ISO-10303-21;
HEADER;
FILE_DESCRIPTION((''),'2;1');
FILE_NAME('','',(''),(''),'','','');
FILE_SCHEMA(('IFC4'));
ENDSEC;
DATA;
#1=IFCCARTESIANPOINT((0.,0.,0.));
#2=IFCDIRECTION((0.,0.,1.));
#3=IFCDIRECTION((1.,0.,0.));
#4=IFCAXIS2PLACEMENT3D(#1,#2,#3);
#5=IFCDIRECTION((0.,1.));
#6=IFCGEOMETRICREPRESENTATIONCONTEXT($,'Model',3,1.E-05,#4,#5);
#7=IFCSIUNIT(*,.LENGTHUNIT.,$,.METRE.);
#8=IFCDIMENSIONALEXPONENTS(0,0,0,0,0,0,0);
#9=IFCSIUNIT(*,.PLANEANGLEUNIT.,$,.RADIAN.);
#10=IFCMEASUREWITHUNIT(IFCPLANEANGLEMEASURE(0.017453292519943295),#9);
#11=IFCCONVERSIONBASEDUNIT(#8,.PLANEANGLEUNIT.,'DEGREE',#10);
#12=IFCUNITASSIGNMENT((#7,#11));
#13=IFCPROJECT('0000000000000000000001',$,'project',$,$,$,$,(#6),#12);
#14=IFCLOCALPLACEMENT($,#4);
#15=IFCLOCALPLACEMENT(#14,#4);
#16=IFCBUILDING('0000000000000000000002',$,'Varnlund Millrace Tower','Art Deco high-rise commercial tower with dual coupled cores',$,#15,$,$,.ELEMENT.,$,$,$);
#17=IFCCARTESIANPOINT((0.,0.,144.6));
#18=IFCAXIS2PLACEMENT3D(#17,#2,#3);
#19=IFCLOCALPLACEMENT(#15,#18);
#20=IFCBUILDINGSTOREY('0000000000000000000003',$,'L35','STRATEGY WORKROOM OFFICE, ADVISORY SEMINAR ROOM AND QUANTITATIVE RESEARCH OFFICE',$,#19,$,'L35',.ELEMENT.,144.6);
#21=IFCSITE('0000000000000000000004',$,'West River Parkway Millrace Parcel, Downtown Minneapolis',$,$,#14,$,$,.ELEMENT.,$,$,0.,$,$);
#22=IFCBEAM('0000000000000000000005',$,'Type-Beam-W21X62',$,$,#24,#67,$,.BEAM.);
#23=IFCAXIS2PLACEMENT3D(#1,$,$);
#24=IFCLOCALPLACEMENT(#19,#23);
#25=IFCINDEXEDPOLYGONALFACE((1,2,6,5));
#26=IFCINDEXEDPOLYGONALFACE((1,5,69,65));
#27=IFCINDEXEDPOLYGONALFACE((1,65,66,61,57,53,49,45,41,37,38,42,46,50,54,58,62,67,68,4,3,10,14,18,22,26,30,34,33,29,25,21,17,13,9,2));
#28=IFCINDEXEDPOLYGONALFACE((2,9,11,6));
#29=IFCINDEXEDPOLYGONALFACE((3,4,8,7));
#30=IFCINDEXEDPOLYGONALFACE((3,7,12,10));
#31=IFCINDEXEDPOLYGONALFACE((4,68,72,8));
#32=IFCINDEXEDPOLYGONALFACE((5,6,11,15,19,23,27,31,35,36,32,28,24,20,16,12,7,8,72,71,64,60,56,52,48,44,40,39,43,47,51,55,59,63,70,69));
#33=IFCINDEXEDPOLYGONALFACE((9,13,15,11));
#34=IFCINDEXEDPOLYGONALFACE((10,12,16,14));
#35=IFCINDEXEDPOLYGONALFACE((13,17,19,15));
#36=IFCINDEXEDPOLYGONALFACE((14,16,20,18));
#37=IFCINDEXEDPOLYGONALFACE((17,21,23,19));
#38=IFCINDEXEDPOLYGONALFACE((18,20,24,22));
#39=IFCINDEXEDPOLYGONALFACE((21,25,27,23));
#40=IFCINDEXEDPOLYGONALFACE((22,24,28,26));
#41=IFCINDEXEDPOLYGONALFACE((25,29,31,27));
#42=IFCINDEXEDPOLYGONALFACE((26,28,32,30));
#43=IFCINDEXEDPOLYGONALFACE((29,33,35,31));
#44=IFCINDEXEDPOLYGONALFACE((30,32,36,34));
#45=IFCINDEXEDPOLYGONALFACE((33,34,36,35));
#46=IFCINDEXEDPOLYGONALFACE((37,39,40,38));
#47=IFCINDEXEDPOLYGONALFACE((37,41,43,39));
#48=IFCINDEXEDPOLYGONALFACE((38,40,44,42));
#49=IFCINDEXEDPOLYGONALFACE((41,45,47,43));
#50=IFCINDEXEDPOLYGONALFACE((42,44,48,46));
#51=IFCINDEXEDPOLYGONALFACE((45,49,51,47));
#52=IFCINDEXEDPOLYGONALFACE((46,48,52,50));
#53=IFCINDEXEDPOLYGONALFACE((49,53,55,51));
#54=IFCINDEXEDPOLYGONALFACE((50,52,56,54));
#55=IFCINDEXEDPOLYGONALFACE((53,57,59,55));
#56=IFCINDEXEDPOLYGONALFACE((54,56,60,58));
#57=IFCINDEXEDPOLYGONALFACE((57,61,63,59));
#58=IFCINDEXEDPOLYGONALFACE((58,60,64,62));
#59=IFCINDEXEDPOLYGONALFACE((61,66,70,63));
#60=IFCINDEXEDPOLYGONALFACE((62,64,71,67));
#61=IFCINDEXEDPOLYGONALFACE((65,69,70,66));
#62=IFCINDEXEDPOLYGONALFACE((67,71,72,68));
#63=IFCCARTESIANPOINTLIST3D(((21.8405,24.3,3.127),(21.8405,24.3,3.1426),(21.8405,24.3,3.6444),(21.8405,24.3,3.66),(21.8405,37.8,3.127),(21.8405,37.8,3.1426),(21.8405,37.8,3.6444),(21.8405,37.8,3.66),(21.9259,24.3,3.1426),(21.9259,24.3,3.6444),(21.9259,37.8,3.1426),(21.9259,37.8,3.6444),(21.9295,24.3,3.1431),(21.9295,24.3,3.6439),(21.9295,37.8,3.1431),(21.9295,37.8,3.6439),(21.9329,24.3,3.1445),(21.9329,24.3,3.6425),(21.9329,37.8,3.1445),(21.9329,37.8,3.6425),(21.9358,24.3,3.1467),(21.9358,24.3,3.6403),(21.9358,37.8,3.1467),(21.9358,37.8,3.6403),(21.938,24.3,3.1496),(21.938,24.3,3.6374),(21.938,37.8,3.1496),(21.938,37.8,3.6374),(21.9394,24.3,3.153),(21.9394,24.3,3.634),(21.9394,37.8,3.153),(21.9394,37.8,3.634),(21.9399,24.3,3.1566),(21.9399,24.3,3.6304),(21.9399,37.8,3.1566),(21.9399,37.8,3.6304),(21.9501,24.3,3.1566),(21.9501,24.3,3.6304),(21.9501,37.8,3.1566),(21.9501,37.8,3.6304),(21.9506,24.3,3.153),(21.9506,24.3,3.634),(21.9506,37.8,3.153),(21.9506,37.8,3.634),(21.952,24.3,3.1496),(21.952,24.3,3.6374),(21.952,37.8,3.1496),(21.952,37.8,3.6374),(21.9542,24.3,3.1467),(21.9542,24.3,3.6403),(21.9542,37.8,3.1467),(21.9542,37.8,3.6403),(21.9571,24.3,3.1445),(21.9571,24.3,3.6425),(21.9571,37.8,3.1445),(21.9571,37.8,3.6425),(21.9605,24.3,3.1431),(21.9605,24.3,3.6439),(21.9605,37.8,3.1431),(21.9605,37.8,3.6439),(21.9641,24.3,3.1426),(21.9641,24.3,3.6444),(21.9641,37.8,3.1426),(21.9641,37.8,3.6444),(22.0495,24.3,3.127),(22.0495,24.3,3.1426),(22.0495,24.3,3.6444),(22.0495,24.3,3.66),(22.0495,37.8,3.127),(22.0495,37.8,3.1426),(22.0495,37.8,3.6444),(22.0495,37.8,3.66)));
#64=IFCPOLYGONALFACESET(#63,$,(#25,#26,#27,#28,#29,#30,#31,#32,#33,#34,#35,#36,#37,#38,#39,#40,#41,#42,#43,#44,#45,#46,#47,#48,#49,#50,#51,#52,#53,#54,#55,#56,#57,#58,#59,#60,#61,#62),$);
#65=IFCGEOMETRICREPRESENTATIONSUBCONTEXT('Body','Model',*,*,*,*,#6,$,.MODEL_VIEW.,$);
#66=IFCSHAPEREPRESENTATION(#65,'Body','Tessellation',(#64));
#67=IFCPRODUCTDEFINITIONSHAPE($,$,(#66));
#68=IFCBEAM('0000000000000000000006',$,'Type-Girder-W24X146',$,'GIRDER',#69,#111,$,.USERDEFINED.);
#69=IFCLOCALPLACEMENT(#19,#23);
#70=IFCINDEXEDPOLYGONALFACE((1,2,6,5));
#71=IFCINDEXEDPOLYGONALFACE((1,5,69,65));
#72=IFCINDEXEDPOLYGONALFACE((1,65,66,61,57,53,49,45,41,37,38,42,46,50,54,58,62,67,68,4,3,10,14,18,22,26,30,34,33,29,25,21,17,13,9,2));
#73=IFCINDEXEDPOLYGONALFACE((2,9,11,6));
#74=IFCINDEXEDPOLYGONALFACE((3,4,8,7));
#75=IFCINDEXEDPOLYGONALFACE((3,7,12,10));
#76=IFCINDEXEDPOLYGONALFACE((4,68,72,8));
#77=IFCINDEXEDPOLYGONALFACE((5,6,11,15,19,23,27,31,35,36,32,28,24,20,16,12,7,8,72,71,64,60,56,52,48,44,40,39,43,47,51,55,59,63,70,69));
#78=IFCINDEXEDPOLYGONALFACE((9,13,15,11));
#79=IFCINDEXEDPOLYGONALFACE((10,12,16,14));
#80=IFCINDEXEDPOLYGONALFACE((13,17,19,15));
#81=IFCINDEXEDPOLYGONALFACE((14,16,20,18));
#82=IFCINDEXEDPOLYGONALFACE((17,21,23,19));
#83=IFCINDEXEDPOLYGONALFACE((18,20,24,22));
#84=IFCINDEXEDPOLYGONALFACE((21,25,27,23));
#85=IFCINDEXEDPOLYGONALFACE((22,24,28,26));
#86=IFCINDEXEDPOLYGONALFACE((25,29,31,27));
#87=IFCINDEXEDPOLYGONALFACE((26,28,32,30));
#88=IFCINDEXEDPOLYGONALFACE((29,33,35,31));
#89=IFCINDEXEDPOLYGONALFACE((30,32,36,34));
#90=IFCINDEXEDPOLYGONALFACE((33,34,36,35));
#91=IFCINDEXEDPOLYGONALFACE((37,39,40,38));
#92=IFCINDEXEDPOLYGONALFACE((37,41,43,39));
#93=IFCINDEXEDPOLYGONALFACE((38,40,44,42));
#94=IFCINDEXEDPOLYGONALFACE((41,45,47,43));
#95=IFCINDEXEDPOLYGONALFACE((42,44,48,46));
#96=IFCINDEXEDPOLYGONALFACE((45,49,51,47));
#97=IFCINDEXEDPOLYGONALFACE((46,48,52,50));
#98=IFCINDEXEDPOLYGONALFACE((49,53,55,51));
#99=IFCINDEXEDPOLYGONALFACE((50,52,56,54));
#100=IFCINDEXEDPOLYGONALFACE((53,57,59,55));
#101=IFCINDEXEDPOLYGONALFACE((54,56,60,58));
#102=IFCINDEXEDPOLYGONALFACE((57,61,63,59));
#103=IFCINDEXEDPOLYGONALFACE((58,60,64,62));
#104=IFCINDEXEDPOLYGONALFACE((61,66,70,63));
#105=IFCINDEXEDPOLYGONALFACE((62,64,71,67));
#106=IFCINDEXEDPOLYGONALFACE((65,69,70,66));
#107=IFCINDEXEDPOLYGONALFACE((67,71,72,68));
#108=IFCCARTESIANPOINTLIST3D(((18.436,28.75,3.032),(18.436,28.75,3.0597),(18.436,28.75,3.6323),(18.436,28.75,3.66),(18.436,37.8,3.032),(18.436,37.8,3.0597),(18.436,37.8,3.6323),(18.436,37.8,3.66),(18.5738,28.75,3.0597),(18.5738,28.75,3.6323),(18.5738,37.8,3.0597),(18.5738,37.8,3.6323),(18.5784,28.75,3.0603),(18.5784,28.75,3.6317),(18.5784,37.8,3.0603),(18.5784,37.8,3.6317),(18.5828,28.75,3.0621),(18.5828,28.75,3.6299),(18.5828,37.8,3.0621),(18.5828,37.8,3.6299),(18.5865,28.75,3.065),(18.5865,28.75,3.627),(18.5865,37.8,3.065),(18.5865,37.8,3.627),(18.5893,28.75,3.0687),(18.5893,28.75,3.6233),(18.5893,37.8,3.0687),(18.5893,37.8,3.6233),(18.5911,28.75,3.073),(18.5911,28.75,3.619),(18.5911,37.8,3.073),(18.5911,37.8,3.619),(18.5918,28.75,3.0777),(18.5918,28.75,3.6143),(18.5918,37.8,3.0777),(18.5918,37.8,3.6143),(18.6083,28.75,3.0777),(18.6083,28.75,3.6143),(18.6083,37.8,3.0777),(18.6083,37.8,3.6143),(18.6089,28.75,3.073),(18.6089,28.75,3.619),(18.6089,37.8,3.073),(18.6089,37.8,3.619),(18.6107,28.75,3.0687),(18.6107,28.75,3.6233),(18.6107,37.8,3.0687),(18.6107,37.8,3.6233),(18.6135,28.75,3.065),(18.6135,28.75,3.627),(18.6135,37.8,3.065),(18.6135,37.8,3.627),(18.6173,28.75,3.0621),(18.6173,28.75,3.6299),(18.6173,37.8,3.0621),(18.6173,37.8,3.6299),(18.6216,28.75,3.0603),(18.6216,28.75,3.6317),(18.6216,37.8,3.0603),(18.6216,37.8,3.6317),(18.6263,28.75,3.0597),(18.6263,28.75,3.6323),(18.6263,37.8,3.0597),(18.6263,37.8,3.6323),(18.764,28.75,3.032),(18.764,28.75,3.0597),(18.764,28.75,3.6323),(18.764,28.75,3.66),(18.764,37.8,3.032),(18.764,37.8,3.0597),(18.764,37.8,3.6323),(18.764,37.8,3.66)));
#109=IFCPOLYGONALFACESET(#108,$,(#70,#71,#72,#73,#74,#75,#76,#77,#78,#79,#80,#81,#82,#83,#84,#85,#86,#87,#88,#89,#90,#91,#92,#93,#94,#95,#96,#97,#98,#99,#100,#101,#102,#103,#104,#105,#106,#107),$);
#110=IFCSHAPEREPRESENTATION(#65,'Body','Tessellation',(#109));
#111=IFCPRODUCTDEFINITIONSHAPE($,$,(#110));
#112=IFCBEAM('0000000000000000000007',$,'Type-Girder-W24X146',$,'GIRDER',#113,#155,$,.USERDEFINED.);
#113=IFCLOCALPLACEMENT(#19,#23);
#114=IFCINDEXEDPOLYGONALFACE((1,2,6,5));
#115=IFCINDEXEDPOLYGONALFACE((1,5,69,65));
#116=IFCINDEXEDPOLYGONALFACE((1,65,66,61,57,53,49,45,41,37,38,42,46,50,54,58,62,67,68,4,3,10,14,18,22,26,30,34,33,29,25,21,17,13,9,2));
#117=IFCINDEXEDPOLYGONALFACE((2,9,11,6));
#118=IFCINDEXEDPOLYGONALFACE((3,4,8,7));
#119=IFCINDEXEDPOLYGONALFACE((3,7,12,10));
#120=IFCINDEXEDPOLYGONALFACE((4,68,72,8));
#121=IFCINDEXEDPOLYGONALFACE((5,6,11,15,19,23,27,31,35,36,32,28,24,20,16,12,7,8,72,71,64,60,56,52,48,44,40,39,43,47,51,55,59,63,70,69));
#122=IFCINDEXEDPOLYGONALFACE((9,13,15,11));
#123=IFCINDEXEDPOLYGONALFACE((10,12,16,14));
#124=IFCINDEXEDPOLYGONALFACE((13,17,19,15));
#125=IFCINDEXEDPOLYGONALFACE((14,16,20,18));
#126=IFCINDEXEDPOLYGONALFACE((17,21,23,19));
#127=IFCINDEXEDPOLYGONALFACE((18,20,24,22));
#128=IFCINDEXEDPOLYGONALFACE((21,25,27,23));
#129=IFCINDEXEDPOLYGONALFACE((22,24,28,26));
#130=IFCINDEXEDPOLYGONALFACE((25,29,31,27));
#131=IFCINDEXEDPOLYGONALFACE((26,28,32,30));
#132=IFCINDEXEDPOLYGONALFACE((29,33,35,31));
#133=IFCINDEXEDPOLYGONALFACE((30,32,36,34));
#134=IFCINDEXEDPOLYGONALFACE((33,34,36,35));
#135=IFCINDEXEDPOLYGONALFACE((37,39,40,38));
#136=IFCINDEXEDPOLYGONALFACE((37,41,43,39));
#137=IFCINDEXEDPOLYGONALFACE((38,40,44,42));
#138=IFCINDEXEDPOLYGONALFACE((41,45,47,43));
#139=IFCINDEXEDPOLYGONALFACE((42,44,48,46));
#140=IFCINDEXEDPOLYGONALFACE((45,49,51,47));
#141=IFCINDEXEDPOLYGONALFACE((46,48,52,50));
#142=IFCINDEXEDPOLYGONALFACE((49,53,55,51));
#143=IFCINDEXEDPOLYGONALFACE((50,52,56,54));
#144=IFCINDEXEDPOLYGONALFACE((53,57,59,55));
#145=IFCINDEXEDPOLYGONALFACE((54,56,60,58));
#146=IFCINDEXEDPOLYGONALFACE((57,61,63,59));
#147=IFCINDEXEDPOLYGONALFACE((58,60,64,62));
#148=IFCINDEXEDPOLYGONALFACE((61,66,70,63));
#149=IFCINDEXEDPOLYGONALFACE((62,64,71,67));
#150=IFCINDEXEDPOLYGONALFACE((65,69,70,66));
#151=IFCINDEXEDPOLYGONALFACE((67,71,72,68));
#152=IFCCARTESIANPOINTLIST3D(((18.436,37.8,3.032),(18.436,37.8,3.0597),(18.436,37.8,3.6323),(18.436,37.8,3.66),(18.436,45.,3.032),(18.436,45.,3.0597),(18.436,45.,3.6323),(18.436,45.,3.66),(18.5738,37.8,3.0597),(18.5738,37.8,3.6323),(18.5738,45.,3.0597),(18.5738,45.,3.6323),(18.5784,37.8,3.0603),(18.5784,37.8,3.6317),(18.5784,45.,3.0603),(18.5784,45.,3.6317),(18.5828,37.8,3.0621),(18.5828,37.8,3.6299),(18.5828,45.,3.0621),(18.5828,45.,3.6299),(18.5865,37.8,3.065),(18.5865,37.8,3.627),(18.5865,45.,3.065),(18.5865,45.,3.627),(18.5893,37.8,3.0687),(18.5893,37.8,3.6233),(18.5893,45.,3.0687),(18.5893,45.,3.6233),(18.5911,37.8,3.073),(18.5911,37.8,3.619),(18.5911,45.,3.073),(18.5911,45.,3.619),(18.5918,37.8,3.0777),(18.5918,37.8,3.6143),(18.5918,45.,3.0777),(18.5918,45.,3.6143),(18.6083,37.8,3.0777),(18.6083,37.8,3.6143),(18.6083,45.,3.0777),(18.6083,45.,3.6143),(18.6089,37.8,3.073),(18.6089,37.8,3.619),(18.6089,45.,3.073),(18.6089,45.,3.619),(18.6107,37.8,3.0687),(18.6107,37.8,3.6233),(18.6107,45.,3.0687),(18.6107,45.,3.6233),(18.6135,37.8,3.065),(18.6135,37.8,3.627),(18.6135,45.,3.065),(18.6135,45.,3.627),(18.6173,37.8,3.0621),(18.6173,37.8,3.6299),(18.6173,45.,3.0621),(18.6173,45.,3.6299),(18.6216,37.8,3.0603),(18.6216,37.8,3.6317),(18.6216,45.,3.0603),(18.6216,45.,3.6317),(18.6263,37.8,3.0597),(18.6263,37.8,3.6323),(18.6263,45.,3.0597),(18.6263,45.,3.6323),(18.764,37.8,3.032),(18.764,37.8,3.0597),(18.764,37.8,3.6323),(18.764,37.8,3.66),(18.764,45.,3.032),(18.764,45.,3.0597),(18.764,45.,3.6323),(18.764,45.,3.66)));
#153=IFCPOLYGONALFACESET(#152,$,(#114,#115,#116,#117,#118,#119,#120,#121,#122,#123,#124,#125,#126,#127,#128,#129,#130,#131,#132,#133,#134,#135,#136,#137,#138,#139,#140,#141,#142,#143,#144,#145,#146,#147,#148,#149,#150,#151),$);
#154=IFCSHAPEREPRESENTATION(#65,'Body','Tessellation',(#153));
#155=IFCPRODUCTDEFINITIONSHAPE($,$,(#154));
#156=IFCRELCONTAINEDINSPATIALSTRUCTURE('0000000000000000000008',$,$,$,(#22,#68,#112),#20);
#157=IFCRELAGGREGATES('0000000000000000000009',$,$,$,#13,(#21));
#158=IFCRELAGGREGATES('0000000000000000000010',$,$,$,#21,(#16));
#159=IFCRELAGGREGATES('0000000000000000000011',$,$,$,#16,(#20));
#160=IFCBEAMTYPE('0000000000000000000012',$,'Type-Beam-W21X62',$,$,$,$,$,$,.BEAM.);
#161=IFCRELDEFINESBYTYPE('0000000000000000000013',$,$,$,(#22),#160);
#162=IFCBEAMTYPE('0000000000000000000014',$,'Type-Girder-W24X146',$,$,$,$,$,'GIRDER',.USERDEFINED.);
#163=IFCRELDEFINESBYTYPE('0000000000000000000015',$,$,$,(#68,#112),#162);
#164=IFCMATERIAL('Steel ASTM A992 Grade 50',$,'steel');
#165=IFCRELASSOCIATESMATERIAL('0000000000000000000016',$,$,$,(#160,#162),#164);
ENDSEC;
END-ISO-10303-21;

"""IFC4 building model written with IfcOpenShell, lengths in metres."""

from ifc_helpers import new_model, entity, si_unit, converted_unit, direction, frame, origin_with_axes, origin_2d_with_axis, place, context, subcontext, project, spatial, i_section, extrude, material, material_profile, profile_set, type_object, element, save


model = new_model("IFC4")

# Units and contexts
model_context = context("Model", 3, precision=1e-05, world=origin_with_axes(), true_north=direction((0.0, 1.0)))
body_context = subcontext(model_context, "Body", "Model", "MODEL_VIEW")
ifc_project = project(units=[si_unit("LENGTHUNIT", "METRE"), converted_unit("PLANEANGLEUNIT", "DEGREE", entity("IfcPlaneAngleMeasure", 0.017453292519943295), si_unit("PLANEANGLEUNIT", "RADIAN"), dimensions=[0, 0, 0, 0, 0, 0, 0])], contexts=[model_context])

# Site, building, storey
site_placement = place(None, origin_with_axes())
site = spatial("IfcSite", under=ifc_project, at=site_placement, Name="West River Parkway Millrace Parcel, Downtown Minneapolis", CompositionType="ELEMENT", RefElevation=0.0)
building_placement = place(site_placement, origin_with_axes())
building = spatial("IfcBuilding", under=site, at=building_placement, Name="Varnlund Millrace Tower", Description="Art Deco high-rise commercial tower with dual coupled cores", CompositionType="ELEMENT")
storey_placement = place(building_placement, frame((0.0, 0.0, 144.6), z_axis=(0.0, 0.0, 1.0), x_axis=(1.0, 0.0, 0.0)))
storey = spatial("IfcBuildingStorey", under=building, at=storey_placement, Name="L35", Description="STRATEGY WORKROOM OFFICE, ADVISORY SEMINAR ROOM AND QUANTITATIVE RESEARCH OFFICE", LongName="L35", CompositionType="ELEMENT", Elevation=144.6)

# Beams
ifc_material_1 = material(Name="Steel ASTM A992 Grade 50", Category="steel")
ifc_material_profile_1 = material_profile(ifc_material_1, i_section(OverallWidth=0.209, OverallDepth=0.533, WebThickness=0.0102, FlangeThickness=0.0156, FilletRadius=0.014, at=origin_2d_with_axis()), Name="Steel ASTM A992 Grade 50")
ifc_profile_set_1 = profile_set([ifc_material_profile_1], Name="Steel ASTM A992 Grade 50")
beam_type_1 = type_object("IfcBeamType", Name="Type-Beam-W21X62", PredefinedType="BEAM", material=ifc_profile_set_1)
beam_1_placement = place(storey_placement, frame((21.945, 24.3, 3.3935), z_axis=(0.0, 1.0, 0.0), x_axis=(-1.0, 0.0, 0.0)))
element("IfcBeam", 1, at=beam_1_placement, inside=storey, type_object=beam_type_1, Name="Type-Beam-W21X62", PredefinedType="BEAM", context=body_context, shape_type="SweptSolid", body=[
    extrude(i_section(OverallWidth=0.209, OverallDepth=0.533, WebThickness=0.0102, FlangeThickness=0.0156, FilletRadius=0.014, at=origin_2d_with_axis()), origin_with_axes(), (0.0, 0.0, 1.0), 13.5),
])
ifc_material_profile_2 = material_profile(ifc_material_1, i_section(OverallWidth=0.328, OverallDepth=0.628, WebThickness=0.0165, FlangeThickness=0.0277, FilletRadius=0.018, at=origin_2d_with_axis()), Name="Steel ASTM A992 Grade 50")
ifc_profile_set_2 = profile_set([ifc_material_profile_2], Name="Steel ASTM A992 Grade 50")
beam_type_2 = type_object("IfcBeamType", Name="Type-Girder-W24X146", ElementType="GIRDER", PredefinedType="USERDEFINED", material=ifc_profile_set_2)
beam_2_placement = place(storey_placement, frame((18.6, 28.75, 3.346), z_axis=(0.0, 1.0, 0.0), x_axis=(-1.0, 0.0, 0.0)))
element("IfcBeam", 2, at=beam_2_placement, inside=storey, type_object=beam_type_2, Name="Type-Girder-W24X146", ObjectType="GIRDER", PredefinedType="USERDEFINED", context=body_context, shape_type="SweptSolid", body=[
    extrude(i_section(OverallWidth=0.328, OverallDepth=0.628, WebThickness=0.0165, FlangeThickness=0.0277, FilletRadius=0.018, at=origin_2d_with_axis()), origin_with_axes(), (0.0, 0.0, 1.0), 9.05),
])
beam_3_placement = place(storey_placement, frame((18.6, 37.8, 3.346), z_axis=(0.0, 1.0, 0.0), x_axis=(-1.0, 0.0, 0.0)))
element("IfcBeam", 3, at=beam_3_placement, inside=storey, type_object=beam_type_2, Name="Type-Girder-W24X146", ObjectType="GIRDER", PredefinedType="USERDEFINED", context=body_context, shape_type="SweptSolid", body=[
    extrude(i_section(OverallWidth=0.328, OverallDepth=0.628, WebThickness=0.0165, FlangeThickness=0.0277, FilletRadius=0.018, at=origin_2d_with_axis()), origin_with_axes(), (0.0, 0.0, 1.0), 7.2),
])

save(model, "model.ifc")
